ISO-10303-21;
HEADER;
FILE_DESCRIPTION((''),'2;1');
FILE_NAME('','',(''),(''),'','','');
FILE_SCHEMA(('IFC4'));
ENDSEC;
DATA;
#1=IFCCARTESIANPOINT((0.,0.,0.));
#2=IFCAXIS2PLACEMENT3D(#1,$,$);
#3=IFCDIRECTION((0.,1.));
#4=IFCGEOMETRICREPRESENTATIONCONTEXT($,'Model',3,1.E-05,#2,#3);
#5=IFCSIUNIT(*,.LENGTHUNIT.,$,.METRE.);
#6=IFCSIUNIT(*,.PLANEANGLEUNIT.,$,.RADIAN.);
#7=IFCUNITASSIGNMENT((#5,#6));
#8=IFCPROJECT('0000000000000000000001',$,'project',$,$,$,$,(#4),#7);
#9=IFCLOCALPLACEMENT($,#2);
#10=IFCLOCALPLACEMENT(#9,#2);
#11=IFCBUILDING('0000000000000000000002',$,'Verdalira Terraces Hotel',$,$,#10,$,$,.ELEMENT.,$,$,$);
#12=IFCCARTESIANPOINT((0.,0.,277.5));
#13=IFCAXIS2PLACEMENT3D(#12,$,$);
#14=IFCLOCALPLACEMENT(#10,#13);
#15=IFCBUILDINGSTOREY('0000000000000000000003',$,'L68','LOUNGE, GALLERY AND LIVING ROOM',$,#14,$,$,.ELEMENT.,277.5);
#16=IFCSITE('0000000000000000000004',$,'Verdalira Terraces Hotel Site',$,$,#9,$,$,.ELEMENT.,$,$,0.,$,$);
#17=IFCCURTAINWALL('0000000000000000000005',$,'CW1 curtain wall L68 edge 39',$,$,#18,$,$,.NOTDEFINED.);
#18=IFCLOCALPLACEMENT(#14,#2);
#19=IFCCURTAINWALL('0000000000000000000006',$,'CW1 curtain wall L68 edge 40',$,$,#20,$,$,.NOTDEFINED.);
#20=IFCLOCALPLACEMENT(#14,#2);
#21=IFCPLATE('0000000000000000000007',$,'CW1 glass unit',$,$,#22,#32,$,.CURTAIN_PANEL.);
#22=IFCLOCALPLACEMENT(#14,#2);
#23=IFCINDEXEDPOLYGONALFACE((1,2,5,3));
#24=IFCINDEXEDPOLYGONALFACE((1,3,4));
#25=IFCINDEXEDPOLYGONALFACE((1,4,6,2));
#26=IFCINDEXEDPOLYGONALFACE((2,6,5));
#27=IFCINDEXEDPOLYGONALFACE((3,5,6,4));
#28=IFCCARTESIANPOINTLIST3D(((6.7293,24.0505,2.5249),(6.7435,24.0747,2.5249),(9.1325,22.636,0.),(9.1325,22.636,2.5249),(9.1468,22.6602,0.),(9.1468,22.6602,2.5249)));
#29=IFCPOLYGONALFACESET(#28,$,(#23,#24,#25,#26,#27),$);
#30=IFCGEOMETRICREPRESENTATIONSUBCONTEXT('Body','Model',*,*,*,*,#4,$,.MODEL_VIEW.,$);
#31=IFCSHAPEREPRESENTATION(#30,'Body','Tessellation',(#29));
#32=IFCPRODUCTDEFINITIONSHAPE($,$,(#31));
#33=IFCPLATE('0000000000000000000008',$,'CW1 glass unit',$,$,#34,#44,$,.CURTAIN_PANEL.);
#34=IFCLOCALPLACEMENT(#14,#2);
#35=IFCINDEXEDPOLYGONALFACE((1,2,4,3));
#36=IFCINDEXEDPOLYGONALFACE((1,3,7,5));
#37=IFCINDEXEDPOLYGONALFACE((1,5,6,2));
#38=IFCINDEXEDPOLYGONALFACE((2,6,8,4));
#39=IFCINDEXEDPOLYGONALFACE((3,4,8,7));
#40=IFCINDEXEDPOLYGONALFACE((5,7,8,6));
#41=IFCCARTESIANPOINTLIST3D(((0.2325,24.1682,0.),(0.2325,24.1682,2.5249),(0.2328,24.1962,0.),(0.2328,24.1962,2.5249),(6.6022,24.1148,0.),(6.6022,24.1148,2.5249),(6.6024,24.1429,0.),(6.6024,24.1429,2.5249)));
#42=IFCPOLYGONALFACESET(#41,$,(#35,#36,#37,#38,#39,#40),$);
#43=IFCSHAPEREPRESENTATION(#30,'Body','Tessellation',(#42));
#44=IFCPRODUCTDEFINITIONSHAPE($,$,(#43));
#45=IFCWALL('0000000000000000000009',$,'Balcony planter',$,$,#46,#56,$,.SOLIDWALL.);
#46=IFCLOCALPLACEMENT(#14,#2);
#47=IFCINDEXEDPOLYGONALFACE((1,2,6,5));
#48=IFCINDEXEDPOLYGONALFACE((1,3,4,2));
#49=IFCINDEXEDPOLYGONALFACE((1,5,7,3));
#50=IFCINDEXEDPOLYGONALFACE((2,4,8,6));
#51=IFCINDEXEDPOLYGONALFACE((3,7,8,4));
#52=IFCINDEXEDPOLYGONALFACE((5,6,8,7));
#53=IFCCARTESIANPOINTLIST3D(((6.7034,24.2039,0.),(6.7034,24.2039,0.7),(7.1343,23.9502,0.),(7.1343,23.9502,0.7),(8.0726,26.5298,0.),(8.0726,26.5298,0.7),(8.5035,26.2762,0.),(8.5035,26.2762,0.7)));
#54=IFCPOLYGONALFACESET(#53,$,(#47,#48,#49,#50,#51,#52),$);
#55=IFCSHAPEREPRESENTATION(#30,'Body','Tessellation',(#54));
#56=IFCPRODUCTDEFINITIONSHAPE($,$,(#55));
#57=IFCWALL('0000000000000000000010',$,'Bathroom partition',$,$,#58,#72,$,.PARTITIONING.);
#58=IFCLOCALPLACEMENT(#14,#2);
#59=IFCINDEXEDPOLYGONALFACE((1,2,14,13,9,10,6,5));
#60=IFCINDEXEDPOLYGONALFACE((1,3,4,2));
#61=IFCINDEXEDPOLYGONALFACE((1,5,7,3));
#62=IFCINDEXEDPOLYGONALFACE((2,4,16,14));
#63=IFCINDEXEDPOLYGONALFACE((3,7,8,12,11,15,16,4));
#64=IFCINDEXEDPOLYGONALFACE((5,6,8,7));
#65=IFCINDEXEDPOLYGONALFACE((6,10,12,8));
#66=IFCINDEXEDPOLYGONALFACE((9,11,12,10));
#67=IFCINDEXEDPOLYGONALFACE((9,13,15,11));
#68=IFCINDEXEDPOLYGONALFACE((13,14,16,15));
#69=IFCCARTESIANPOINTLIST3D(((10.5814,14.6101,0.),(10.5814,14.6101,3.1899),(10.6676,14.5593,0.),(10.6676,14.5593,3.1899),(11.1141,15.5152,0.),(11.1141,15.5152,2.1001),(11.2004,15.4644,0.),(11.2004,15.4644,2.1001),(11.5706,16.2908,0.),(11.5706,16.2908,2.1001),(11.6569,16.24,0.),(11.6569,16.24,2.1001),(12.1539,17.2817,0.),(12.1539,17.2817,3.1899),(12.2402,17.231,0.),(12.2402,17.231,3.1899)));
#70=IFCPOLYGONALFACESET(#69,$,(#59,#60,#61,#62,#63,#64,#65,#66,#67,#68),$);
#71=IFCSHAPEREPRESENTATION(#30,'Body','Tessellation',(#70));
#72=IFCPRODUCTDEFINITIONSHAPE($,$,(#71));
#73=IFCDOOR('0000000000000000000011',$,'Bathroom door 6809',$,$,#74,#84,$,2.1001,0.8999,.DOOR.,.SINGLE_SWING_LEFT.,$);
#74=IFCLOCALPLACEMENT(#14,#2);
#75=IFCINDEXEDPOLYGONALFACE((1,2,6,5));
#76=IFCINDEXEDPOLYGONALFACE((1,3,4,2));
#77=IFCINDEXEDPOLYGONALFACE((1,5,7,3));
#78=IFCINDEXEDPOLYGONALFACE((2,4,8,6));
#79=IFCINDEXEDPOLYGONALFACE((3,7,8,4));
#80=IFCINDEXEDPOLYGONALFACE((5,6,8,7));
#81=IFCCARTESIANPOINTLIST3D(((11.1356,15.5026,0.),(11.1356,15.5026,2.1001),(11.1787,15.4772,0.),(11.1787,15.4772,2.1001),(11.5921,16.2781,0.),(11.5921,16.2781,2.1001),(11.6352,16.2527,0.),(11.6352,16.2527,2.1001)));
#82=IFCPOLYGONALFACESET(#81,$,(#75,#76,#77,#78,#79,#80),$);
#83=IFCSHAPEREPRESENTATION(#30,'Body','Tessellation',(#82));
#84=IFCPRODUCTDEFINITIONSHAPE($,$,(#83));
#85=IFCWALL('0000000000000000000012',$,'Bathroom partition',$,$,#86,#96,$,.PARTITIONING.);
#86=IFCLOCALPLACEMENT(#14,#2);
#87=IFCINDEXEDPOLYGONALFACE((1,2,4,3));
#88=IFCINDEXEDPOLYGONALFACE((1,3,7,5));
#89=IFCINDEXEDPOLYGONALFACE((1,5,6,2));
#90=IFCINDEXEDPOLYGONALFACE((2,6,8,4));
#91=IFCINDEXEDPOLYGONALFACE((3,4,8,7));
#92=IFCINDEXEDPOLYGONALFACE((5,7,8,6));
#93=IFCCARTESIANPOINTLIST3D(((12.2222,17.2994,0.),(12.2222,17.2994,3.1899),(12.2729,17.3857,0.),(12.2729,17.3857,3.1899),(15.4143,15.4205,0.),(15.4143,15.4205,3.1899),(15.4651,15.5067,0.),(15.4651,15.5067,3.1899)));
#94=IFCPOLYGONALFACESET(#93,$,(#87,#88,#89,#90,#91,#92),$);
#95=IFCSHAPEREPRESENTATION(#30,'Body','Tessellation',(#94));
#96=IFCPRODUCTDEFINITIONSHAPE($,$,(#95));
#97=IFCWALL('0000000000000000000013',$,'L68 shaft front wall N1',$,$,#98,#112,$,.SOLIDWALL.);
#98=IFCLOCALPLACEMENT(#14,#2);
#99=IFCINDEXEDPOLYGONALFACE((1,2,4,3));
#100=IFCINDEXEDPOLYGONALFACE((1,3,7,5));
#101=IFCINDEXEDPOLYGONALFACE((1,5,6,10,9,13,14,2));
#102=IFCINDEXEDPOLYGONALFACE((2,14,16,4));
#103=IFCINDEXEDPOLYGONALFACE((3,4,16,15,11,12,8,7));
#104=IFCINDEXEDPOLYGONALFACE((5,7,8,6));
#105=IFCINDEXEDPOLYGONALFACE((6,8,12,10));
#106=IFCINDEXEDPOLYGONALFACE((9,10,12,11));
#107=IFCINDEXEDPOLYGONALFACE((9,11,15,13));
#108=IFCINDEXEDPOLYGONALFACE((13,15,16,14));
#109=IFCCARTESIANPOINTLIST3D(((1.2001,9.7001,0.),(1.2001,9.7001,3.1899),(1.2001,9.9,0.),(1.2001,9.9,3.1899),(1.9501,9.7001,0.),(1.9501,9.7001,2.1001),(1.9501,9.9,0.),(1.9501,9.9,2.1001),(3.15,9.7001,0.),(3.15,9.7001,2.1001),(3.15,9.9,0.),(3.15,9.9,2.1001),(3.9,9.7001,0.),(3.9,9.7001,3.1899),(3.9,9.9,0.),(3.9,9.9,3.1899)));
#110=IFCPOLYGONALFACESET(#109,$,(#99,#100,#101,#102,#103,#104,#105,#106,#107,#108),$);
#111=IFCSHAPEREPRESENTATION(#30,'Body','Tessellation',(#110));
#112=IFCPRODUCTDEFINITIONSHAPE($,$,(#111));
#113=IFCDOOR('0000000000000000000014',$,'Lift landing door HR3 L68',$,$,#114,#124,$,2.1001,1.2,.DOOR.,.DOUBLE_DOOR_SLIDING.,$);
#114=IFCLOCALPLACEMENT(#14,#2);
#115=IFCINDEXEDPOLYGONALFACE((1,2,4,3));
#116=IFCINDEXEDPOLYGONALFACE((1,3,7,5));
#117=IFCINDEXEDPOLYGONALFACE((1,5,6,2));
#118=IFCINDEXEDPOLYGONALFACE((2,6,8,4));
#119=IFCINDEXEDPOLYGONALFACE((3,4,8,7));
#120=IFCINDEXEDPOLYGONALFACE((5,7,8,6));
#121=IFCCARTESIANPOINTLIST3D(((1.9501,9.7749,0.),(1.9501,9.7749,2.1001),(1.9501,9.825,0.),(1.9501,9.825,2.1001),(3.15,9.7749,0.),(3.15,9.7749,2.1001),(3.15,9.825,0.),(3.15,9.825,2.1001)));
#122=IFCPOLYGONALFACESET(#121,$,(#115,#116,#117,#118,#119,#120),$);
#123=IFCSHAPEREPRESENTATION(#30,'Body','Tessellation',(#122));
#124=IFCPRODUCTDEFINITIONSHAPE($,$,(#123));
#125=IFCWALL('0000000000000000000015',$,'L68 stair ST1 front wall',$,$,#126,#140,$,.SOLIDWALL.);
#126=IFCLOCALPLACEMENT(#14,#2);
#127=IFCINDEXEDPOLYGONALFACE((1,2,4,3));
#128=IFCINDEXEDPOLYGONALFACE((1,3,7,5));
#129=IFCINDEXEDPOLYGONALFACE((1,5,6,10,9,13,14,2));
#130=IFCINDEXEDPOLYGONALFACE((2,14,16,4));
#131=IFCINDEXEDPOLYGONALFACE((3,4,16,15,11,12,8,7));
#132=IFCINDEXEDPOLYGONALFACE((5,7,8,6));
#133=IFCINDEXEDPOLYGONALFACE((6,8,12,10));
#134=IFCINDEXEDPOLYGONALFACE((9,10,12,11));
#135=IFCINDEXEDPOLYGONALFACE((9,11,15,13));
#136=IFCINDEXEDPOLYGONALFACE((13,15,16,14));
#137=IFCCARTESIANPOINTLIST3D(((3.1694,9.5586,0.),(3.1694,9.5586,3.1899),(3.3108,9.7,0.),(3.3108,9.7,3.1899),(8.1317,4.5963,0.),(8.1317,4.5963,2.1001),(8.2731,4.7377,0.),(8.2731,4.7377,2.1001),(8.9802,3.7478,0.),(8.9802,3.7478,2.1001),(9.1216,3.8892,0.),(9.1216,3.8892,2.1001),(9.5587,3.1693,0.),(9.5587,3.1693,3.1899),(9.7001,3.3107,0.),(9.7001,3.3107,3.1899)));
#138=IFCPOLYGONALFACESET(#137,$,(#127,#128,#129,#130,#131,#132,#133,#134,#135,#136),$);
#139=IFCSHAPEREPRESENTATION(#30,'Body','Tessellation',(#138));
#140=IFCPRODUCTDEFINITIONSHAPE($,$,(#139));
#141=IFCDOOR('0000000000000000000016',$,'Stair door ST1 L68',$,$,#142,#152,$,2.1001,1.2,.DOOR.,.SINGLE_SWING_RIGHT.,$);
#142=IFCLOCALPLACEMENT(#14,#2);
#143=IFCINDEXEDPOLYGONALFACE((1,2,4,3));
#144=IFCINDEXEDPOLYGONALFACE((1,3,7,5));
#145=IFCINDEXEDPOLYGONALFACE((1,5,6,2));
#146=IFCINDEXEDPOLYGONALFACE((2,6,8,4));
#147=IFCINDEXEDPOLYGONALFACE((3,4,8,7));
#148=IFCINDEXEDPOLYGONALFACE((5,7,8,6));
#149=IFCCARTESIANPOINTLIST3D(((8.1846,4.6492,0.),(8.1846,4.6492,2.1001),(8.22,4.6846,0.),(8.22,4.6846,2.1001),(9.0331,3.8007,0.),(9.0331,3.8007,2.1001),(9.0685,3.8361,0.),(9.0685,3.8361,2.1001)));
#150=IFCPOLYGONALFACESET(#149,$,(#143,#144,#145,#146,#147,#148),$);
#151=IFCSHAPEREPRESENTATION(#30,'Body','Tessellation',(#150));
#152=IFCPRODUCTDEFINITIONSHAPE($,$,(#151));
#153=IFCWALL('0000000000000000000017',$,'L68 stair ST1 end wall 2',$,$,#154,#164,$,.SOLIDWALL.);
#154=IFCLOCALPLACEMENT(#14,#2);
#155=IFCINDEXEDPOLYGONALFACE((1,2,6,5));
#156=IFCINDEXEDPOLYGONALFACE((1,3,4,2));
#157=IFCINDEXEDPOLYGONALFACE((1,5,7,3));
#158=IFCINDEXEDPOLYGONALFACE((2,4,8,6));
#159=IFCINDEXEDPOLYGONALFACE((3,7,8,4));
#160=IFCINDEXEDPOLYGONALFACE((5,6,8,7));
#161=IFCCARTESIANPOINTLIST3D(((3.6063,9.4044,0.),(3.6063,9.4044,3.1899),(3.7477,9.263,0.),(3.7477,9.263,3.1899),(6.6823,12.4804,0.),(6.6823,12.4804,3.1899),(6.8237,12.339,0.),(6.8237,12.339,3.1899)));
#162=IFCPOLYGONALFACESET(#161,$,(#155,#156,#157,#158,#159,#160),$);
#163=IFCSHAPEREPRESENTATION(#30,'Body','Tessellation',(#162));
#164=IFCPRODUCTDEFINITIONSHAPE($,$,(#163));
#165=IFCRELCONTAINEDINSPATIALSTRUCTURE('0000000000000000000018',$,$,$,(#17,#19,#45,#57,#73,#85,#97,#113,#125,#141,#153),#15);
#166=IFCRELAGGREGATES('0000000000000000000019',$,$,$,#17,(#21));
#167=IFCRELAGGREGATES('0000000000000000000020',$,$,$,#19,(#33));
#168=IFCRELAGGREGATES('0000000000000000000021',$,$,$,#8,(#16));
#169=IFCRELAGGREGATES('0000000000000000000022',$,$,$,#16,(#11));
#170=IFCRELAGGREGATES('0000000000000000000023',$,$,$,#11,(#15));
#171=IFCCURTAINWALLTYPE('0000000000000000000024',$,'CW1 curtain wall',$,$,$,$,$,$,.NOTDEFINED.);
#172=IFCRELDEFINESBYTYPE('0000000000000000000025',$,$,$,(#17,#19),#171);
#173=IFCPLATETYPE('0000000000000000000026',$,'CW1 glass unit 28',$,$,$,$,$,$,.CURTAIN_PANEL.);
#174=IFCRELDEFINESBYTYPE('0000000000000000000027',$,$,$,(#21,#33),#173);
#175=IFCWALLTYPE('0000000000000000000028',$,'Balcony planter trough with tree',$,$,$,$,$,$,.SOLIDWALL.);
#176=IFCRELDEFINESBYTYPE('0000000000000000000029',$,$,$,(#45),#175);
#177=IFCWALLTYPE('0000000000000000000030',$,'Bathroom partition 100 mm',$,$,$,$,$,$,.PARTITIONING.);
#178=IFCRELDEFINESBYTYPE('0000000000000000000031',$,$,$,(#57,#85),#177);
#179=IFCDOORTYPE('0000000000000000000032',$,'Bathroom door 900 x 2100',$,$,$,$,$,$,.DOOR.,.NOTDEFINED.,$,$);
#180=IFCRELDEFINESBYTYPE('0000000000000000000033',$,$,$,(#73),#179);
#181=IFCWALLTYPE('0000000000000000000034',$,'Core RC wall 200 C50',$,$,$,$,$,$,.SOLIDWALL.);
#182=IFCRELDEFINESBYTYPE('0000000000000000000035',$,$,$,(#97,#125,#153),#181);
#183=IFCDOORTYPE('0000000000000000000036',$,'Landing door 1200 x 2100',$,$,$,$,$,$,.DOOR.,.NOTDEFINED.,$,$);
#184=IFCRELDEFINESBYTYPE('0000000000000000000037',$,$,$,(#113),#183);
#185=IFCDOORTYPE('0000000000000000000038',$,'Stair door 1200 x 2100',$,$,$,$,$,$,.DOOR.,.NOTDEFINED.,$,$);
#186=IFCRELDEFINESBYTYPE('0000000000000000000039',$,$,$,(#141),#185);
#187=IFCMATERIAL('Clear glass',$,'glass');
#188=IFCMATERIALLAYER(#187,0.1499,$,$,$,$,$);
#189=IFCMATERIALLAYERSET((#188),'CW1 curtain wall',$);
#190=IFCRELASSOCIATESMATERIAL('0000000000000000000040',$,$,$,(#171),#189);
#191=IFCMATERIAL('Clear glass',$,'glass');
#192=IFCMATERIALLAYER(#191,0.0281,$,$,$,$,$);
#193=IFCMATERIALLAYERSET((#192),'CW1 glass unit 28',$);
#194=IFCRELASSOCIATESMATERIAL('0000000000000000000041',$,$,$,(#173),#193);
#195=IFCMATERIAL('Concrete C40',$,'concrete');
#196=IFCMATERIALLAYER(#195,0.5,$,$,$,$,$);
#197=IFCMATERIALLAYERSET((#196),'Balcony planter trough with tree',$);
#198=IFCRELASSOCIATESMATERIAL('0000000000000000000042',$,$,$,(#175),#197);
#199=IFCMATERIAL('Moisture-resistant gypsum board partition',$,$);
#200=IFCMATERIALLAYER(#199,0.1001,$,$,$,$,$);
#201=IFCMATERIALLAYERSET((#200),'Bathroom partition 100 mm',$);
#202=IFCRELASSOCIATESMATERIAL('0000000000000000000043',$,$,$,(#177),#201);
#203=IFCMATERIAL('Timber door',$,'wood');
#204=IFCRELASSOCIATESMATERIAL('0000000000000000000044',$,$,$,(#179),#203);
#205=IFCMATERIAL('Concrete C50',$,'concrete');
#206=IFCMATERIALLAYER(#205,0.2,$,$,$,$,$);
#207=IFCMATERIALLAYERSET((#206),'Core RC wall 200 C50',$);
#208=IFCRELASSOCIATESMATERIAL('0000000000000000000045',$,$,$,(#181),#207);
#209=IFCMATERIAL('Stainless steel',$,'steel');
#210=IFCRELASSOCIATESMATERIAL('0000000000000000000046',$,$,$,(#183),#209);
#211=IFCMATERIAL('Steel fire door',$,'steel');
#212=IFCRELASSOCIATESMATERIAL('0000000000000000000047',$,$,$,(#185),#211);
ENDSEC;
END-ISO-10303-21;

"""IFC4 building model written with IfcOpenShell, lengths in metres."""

from ifc_helpers import new_model, si_unit, direction, frame, frame_2d, origin, origin_2d, place, context, subcontext, project, spatial, polyline, rectangle, outline, extrude, material, layer, layer_set, type_object, element, fill, aggregate, save


model = new_model("IFC4")

# Units and contexts
model_context = context("Model", 3, precision=1e-05, world=origin(), true_north=direction((0.0, 1.0)))
body_context = subcontext(model_context, "Body", "Model", "MODEL_VIEW")
ifc_project = project(units=[si_unit("LENGTHUNIT", "METRE"), si_unit("PLANEANGLEUNIT", "RADIAN")], contexts=[model_context])

# Site, building, storey
site_placement = place(None, origin())
site = spatial("IfcSite", under=ifc_project, at=site_placement, Name="Verdalira Terraces Hotel Site", CompositionType="ELEMENT", RefElevation=0.0)
building_placement = place(site_placement, origin())
building = spatial("IfcBuilding", under=site, at=building_placement, Name="Verdalira Terraces Hotel", CompositionType="ELEMENT")
storey_placement = place(building_placement, frame((0.0, 0.0, 277.5)))
storey = spatial("IfcBuildingStorey", under=building, at=storey_placement, Name="L68", Description="LOUNGE, GALLERY AND LIVING ROOM", CompositionType="ELEMENT", Elevation=277.5)

# Curtain wall
ifc_material_1 = material(Name="Clear glass", Category="glass")
ifc_layer_1 = layer(ifc_material_1, 0.1499)
ifc_layer_set_1 = layer_set([ifc_layer_1], Name="CW1 curtain wall")
curtain_wall_type = type_object("IfcCurtainWallType", Name="CW1 curtain wall", PredefinedType="NOTDEFINED", material=ifc_layer_set_1)
curtain_wall_1_placement = place(storey_placement, origin())
curtain_wall_1 = element("IfcCurtainWall", 1, at=curtain_wall_1_placement, inside=storey, type_object=curtain_wall_type, Name="CW1 curtain wall L68 edge 39", PredefinedType="NOTDEFINED")

# Curtain wall
curtain_wall_2_placement = place(storey_placement, origin())
curtain_wall_2 = element("IfcCurtainWall", 2, at=curtain_wall_2_placement, inside=storey, type_object=curtain_wall_type, Name="CW1 curtain wall L68 edge 40", PredefinedType="NOTDEFINED")

# Plates
ifc_material_2 = material(Name="Clear glass", Category="glass")
ifc_layer_2 = layer(ifc_material_2, 0.0281)
ifc_layer_set_2 = layer_set([ifc_layer_2], Name="CW1 glass unit 28")
plate_type = type_object("IfcPlateType", Name="CW1 glass unit 28", PredefinedType="CURTAIN_PANEL", material=ifc_layer_set_2)
plate_1_placement = place(storey_placement, frame((7.9309, 23.3433, 1.2625), z_axis=(0.507238, 0.861806, 0.0), x_axis=(-0.861806, 0.507238, 0.0)))
plate_1 = element("IfcPlate", 3, at=plate_1_placement, type_object=plate_type, Name="CW1 glass unit", PredefinedType="CURTAIN_PANEL", context=body_context, shape_type="SweptSolid", body=[
    extrude(outline(polyline([(-1.3943, -1.2625), (1.3943, 1.2625), (-1.3943, 1.2625), (-1.3943, -1.2625)])), origin(), (0.0, 0.0, 1.0), 0.0281),
])
aggregate(curtain_wall_1, [plate_1])
plate_2_placement = place(storey_placement, frame((3.4175, 24.1555, 0.0), z_axis=(0.0, 0.0, 1.0), x_axis=(-0.999965, 0.008377, 0.0)))
plate_2 = element("IfcPlate", 4, at=plate_2_placement, type_object=plate_type, Name="CW1 glass unit", PredefinedType="CURTAIN_PANEL", context=body_context, shape_type="SweptSolid", body=[
    extrude(rectangle(XDim=6.3699, YDim=0.0281, at=origin_2d()), origin(), (0.0, 0.0, 1.0), 2.5249),
])
aggregate(curtain_wall_2, [plate_2])

# Wall
ifc_material_3 = material(Name="Concrete C40", Category="concrete")
ifc_layer_3 = layer(ifc_material_3, 0.5)
ifc_layer_set_3 = layer_set([ifc_layer_3], Name="Balcony planter trough with tree")
wall_type_1 = type_object("IfcWallType", Name="Balcony planter trough with tree", PredefinedType="SOLIDWALL", material=ifc_layer_set_3)
wall_1_placement = place(storey_placement, frame((8.2881, 26.4031, 0.0), z_axis=(0.0, 0.0, 1.0), x_axis=(-0.507281, -0.861781, 0.0)))
element("IfcWall", 5, at=wall_1_placement, inside=storey, type_object=wall_type_1, Name="Balcony planter", PredefinedType="SOLIDWALL", context=body_context, shape_type="SweptSolid", body=[
    extrude(rectangle(XDim=2.699, YDim=0.5, at=frame_2d((1.3496, 0.0))), origin(), (0.0, 0.0, 1.0), 0.7),
])

# Wall, opening, door
ifc_material_4 = material(Name="Moisture-resistant gypsum board partition")
ifc_layer_4 = layer(ifc_material_4, 0.1001)
ifc_layer_set_4 = layer_set([ifc_layer_4], Name="Bathroom partition 100 mm")
wall_type_2 = type_object("IfcWallType", Name="Bathroom partition 100 mm", PredefinedType="PARTITIONING", material=ifc_layer_set_4)
wall_2_placement = place(storey_placement, frame((12.197, 17.2563, 0.0), z_axis=(0.0, 0.0, 1.0), x_axis=(-0.507251, -0.861799, 0.0)))
wall_2 = element("IfcWall", 6, at=wall_2_placement, inside=storey, type_object=wall_type_2, Name="Bathroom partition", PredefinedType="PARTITIONING", context=body_context, shape_type="SweptSolid", body=[
    extrude(rectangle(XDim=3.1001, YDim=0.1001, at=frame_2d((1.55, 0.0))), origin(), (0.0, 0.0, 1.0), 3.1899),
])
opening_1_placement = place(wall_2_placement, frame((1.1499, 0.0, 0.0)))
opening_1 = element("IfcOpeningElement", 7, at=opening_1_placement, cuts=wall_2, PredefinedType="OPENING", context=body_context, shape_type="SweptSolid", body=[
    extrude(rectangle(XDim=0.8999, YDim=2.1001, at=frame_2d((0.45, 1.05))), frame((0.0, 0.0601, 0.0), z_axis=(0.0, -1.0, 0.0), x_axis=(1.0, 0.0, 0.0)), (0.0, 0.0, 1.0), 0.1201),
])
ifc_material_5 = material(Name="Timber door", Category="wood")
door_type_1 = type_object("IfcDoorType", Name="Bathroom door 900 x 2100", OperationType="NOTDEFINED", PredefinedType="DOOR", material=ifc_material_5)
door_1_placement = place(opening_1_placement, origin())
door_1 = element("IfcDoor", 8, at=door_1_placement, inside=storey, type_object=door_type_1, Name="Bathroom door 6809", OperationType="SINGLE_SWING_LEFT", OverallHeight=2.1001, OverallWidth=0.8999, PredefinedType="DOOR", context=body_context, shape_type="SweptSolid", body=[
    extrude(rectangle(XDim=0.8999, YDim=2.1001, at=frame_2d((0.45, 1.05))), frame((0.0, 0.0249, 0.0), z_axis=(0.0, -1.0, 0.0), x_axis=(1.0, 0.0, 0.0)), (0.0, 0.0, 1.0), 0.05),
])
fill(opening_1, door_1)

# Wall
wall_3_placement = place(storey_placement, frame((12.2476, 17.3425, 0.0), z_axis=(0.0, 0.0, 1.0), x_axis=(0.861795, -0.507256, 0.0)))
element("IfcWall", 9, at=wall_3_placement, inside=storey, type_object=wall_type_2, Name="Bathroom partition", PredefinedType="PARTITIONING", context=body_context, shape_type="SweptSolid", body=[
    extrude(rectangle(XDim=3.7041, YDim=0.1001, at=frame_2d((1.8521, 0.0))), origin(), (0.0, 0.0, 1.0), 3.1899),
])

# Walls, openings, doors
ifc_material_6 = material(Name="Concrete C50", Category="concrete")
ifc_layer_5 = layer(ifc_material_6, 0.2)
ifc_layer_set_5 = layer_set([ifc_layer_5], Name="Core RC wall 200 C50")
wall_type_3 = type_object("IfcWallType", Name="Core RC wall 200 C50", PredefinedType="SOLIDWALL", material=ifc_layer_set_5)
wall_4_placement = place(storey_placement, frame((1.2, 9.8, 0.0), z_axis=(0.0, 0.0, 1.0), x_axis=(1.0, 0.0, 0.0)))
wall_4 = element("IfcWall", 10, at=wall_4_placement, inside=storey, type_object=wall_type_3, Name="L68 shaft front wall N1", PredefinedType="SOLIDWALL", context=body_context, shape_type="SweptSolid", body=[
    extrude(rectangle(XDim=2.7, YDim=0.2, at=frame_2d((1.3501, 0.0))), origin(), (0.0, 0.0, 1.0), 3.1899),
])
opening_2_placement = place(wall_4_placement, frame((0.75, 0.0, 0.0)))
opening_2 = element("IfcOpeningElement", 11, at=opening_2_placement, cuts=wall_4, PredefinedType="OPENING", context=body_context, shape_type="SweptSolid", body=[
    extrude(rectangle(XDim=1.2, YDim=2.1001, at=frame_2d((0.6001, 1.05))), frame((0.0, 0.1099, 0.0), z_axis=(0.0, -1.0, 0.0), x_axis=(1.0, 0.0, 0.0)), (0.0, 0.0, 1.0), 0.22),
])
ifc_material_7 = material(Name="Stainless steel", Category="steel")
door_type_2 = type_object("IfcDoorType", Name="Landing door 1200 x 2100", OperationType="NOTDEFINED", PredefinedType="DOOR", material=ifc_material_7)
door_2_placement = place(opening_2_placement, origin())
door_2 = element("IfcDoor", 12, at=door_2_placement, inside=storey, type_object=door_type_2, Name="Lift landing door HR3 L68", OperationType="DOUBLE_DOOR_SLIDING", OverallHeight=2.1001, OverallWidth=1.2, PredefinedType="DOOR", context=body_context, shape_type="SweptSolid", body=[
    extrude(rectangle(XDim=1.2, YDim=2.1001, at=frame_2d((0.6001, 1.05))), frame((0.0, 0.0249, 0.0), z_axis=(0.0, -1.0, 0.0), x_axis=(1.0, 0.0, 0.0)), (0.0, 0.0, 1.0), 0.05),
])
fill(opening_2, door_2)
wall_5_placement = place(storey_placement, frame((3.24, 9.6294, 0.0), z_axis=(0.0, 0.0, 1.0), x_axis=(0.707107, -0.707107, 0.0)))
wall_5 = element("IfcWall", 13, at=wall_5_placement, inside=storey, type_object=wall_type_3, Name="L68 stair ST1 front wall", PredefinedType="SOLIDWALL", context=body_context, shape_type="SweptSolid", body=[
    extrude(rectangle(XDim=9.0359, YDim=0.2, at=frame_2d((4.5181, 0.0))), origin(), (0.0, 0.0, 1.0), 3.1899),
])
opening_3_placement = place(wall_5_placement, frame((7.0178, 0.0, 0.0)))
opening_3 = element("IfcOpeningElement", 14, at=opening_3_placement, cuts=wall_5, PredefinedType="OPENING", context=body_context, shape_type="SweptSolid", body=[
    extrude(rectangle(XDim=1.2, YDim=2.1001, at=frame_2d((0.6001, 1.05))), frame((0.0, 0.1099, 0.0), z_axis=(0.0, -1.0, 0.0), x_axis=(1.0, 0.0, 0.0)), (0.0, 0.0, 1.0), 0.22),
])
ifc_material_8 = material(Name="Steel fire door", Category="steel")
door_type_3 = type_object("IfcDoorType", Name="Stair door 1200 x 2100", OperationType="NOTDEFINED", PredefinedType="DOOR", material=ifc_material_8)
door_3_placement = place(opening_3_placement, origin())
door_3 = element("IfcDoor", 15, at=door_3_placement, inside=storey, type_object=door_type_3, Name="Stair door ST1 L68", OperationType="SINGLE_SWING_RIGHT", OverallHeight=2.1001, OverallWidth=1.2, PredefinedType="DOOR", context=body_context, shape_type="SweptSolid", body=[
    extrude(rectangle(XDim=1.2, YDim=2.1001, at=frame_2d((0.6001, 1.05))), frame((0.0, 0.0249, 0.0), z_axis=(0.0, -1.0, 0.0), x_axis=(1.0, 0.0, 0.0)), (0.0, 0.0, 1.0), 0.05),
])
fill(opening_3, door_3)

# Wall
wall_6_placement = place(storey_placement, frame((3.677, 9.3337, 0.0), z_axis=(0.0, 0.0, 1.0), x_axis=(0.707107, 0.707107, 0.0)))
element("IfcWall", 16, at=wall_6_placement, inside=storey, type_object=wall_type_3, Name="L68 stair ST1 end wall 2", PredefinedType="SOLIDWALL", context=body_context, shape_type="SweptSolid", body=[
    extrude(rectangle(XDim=4.3501, YDim=0.2, at=frame_2d((2.175, 0.0))), origin(), (0.0, 0.0, 1.0), 3.1899),
])

save(model, "model.ifc")
